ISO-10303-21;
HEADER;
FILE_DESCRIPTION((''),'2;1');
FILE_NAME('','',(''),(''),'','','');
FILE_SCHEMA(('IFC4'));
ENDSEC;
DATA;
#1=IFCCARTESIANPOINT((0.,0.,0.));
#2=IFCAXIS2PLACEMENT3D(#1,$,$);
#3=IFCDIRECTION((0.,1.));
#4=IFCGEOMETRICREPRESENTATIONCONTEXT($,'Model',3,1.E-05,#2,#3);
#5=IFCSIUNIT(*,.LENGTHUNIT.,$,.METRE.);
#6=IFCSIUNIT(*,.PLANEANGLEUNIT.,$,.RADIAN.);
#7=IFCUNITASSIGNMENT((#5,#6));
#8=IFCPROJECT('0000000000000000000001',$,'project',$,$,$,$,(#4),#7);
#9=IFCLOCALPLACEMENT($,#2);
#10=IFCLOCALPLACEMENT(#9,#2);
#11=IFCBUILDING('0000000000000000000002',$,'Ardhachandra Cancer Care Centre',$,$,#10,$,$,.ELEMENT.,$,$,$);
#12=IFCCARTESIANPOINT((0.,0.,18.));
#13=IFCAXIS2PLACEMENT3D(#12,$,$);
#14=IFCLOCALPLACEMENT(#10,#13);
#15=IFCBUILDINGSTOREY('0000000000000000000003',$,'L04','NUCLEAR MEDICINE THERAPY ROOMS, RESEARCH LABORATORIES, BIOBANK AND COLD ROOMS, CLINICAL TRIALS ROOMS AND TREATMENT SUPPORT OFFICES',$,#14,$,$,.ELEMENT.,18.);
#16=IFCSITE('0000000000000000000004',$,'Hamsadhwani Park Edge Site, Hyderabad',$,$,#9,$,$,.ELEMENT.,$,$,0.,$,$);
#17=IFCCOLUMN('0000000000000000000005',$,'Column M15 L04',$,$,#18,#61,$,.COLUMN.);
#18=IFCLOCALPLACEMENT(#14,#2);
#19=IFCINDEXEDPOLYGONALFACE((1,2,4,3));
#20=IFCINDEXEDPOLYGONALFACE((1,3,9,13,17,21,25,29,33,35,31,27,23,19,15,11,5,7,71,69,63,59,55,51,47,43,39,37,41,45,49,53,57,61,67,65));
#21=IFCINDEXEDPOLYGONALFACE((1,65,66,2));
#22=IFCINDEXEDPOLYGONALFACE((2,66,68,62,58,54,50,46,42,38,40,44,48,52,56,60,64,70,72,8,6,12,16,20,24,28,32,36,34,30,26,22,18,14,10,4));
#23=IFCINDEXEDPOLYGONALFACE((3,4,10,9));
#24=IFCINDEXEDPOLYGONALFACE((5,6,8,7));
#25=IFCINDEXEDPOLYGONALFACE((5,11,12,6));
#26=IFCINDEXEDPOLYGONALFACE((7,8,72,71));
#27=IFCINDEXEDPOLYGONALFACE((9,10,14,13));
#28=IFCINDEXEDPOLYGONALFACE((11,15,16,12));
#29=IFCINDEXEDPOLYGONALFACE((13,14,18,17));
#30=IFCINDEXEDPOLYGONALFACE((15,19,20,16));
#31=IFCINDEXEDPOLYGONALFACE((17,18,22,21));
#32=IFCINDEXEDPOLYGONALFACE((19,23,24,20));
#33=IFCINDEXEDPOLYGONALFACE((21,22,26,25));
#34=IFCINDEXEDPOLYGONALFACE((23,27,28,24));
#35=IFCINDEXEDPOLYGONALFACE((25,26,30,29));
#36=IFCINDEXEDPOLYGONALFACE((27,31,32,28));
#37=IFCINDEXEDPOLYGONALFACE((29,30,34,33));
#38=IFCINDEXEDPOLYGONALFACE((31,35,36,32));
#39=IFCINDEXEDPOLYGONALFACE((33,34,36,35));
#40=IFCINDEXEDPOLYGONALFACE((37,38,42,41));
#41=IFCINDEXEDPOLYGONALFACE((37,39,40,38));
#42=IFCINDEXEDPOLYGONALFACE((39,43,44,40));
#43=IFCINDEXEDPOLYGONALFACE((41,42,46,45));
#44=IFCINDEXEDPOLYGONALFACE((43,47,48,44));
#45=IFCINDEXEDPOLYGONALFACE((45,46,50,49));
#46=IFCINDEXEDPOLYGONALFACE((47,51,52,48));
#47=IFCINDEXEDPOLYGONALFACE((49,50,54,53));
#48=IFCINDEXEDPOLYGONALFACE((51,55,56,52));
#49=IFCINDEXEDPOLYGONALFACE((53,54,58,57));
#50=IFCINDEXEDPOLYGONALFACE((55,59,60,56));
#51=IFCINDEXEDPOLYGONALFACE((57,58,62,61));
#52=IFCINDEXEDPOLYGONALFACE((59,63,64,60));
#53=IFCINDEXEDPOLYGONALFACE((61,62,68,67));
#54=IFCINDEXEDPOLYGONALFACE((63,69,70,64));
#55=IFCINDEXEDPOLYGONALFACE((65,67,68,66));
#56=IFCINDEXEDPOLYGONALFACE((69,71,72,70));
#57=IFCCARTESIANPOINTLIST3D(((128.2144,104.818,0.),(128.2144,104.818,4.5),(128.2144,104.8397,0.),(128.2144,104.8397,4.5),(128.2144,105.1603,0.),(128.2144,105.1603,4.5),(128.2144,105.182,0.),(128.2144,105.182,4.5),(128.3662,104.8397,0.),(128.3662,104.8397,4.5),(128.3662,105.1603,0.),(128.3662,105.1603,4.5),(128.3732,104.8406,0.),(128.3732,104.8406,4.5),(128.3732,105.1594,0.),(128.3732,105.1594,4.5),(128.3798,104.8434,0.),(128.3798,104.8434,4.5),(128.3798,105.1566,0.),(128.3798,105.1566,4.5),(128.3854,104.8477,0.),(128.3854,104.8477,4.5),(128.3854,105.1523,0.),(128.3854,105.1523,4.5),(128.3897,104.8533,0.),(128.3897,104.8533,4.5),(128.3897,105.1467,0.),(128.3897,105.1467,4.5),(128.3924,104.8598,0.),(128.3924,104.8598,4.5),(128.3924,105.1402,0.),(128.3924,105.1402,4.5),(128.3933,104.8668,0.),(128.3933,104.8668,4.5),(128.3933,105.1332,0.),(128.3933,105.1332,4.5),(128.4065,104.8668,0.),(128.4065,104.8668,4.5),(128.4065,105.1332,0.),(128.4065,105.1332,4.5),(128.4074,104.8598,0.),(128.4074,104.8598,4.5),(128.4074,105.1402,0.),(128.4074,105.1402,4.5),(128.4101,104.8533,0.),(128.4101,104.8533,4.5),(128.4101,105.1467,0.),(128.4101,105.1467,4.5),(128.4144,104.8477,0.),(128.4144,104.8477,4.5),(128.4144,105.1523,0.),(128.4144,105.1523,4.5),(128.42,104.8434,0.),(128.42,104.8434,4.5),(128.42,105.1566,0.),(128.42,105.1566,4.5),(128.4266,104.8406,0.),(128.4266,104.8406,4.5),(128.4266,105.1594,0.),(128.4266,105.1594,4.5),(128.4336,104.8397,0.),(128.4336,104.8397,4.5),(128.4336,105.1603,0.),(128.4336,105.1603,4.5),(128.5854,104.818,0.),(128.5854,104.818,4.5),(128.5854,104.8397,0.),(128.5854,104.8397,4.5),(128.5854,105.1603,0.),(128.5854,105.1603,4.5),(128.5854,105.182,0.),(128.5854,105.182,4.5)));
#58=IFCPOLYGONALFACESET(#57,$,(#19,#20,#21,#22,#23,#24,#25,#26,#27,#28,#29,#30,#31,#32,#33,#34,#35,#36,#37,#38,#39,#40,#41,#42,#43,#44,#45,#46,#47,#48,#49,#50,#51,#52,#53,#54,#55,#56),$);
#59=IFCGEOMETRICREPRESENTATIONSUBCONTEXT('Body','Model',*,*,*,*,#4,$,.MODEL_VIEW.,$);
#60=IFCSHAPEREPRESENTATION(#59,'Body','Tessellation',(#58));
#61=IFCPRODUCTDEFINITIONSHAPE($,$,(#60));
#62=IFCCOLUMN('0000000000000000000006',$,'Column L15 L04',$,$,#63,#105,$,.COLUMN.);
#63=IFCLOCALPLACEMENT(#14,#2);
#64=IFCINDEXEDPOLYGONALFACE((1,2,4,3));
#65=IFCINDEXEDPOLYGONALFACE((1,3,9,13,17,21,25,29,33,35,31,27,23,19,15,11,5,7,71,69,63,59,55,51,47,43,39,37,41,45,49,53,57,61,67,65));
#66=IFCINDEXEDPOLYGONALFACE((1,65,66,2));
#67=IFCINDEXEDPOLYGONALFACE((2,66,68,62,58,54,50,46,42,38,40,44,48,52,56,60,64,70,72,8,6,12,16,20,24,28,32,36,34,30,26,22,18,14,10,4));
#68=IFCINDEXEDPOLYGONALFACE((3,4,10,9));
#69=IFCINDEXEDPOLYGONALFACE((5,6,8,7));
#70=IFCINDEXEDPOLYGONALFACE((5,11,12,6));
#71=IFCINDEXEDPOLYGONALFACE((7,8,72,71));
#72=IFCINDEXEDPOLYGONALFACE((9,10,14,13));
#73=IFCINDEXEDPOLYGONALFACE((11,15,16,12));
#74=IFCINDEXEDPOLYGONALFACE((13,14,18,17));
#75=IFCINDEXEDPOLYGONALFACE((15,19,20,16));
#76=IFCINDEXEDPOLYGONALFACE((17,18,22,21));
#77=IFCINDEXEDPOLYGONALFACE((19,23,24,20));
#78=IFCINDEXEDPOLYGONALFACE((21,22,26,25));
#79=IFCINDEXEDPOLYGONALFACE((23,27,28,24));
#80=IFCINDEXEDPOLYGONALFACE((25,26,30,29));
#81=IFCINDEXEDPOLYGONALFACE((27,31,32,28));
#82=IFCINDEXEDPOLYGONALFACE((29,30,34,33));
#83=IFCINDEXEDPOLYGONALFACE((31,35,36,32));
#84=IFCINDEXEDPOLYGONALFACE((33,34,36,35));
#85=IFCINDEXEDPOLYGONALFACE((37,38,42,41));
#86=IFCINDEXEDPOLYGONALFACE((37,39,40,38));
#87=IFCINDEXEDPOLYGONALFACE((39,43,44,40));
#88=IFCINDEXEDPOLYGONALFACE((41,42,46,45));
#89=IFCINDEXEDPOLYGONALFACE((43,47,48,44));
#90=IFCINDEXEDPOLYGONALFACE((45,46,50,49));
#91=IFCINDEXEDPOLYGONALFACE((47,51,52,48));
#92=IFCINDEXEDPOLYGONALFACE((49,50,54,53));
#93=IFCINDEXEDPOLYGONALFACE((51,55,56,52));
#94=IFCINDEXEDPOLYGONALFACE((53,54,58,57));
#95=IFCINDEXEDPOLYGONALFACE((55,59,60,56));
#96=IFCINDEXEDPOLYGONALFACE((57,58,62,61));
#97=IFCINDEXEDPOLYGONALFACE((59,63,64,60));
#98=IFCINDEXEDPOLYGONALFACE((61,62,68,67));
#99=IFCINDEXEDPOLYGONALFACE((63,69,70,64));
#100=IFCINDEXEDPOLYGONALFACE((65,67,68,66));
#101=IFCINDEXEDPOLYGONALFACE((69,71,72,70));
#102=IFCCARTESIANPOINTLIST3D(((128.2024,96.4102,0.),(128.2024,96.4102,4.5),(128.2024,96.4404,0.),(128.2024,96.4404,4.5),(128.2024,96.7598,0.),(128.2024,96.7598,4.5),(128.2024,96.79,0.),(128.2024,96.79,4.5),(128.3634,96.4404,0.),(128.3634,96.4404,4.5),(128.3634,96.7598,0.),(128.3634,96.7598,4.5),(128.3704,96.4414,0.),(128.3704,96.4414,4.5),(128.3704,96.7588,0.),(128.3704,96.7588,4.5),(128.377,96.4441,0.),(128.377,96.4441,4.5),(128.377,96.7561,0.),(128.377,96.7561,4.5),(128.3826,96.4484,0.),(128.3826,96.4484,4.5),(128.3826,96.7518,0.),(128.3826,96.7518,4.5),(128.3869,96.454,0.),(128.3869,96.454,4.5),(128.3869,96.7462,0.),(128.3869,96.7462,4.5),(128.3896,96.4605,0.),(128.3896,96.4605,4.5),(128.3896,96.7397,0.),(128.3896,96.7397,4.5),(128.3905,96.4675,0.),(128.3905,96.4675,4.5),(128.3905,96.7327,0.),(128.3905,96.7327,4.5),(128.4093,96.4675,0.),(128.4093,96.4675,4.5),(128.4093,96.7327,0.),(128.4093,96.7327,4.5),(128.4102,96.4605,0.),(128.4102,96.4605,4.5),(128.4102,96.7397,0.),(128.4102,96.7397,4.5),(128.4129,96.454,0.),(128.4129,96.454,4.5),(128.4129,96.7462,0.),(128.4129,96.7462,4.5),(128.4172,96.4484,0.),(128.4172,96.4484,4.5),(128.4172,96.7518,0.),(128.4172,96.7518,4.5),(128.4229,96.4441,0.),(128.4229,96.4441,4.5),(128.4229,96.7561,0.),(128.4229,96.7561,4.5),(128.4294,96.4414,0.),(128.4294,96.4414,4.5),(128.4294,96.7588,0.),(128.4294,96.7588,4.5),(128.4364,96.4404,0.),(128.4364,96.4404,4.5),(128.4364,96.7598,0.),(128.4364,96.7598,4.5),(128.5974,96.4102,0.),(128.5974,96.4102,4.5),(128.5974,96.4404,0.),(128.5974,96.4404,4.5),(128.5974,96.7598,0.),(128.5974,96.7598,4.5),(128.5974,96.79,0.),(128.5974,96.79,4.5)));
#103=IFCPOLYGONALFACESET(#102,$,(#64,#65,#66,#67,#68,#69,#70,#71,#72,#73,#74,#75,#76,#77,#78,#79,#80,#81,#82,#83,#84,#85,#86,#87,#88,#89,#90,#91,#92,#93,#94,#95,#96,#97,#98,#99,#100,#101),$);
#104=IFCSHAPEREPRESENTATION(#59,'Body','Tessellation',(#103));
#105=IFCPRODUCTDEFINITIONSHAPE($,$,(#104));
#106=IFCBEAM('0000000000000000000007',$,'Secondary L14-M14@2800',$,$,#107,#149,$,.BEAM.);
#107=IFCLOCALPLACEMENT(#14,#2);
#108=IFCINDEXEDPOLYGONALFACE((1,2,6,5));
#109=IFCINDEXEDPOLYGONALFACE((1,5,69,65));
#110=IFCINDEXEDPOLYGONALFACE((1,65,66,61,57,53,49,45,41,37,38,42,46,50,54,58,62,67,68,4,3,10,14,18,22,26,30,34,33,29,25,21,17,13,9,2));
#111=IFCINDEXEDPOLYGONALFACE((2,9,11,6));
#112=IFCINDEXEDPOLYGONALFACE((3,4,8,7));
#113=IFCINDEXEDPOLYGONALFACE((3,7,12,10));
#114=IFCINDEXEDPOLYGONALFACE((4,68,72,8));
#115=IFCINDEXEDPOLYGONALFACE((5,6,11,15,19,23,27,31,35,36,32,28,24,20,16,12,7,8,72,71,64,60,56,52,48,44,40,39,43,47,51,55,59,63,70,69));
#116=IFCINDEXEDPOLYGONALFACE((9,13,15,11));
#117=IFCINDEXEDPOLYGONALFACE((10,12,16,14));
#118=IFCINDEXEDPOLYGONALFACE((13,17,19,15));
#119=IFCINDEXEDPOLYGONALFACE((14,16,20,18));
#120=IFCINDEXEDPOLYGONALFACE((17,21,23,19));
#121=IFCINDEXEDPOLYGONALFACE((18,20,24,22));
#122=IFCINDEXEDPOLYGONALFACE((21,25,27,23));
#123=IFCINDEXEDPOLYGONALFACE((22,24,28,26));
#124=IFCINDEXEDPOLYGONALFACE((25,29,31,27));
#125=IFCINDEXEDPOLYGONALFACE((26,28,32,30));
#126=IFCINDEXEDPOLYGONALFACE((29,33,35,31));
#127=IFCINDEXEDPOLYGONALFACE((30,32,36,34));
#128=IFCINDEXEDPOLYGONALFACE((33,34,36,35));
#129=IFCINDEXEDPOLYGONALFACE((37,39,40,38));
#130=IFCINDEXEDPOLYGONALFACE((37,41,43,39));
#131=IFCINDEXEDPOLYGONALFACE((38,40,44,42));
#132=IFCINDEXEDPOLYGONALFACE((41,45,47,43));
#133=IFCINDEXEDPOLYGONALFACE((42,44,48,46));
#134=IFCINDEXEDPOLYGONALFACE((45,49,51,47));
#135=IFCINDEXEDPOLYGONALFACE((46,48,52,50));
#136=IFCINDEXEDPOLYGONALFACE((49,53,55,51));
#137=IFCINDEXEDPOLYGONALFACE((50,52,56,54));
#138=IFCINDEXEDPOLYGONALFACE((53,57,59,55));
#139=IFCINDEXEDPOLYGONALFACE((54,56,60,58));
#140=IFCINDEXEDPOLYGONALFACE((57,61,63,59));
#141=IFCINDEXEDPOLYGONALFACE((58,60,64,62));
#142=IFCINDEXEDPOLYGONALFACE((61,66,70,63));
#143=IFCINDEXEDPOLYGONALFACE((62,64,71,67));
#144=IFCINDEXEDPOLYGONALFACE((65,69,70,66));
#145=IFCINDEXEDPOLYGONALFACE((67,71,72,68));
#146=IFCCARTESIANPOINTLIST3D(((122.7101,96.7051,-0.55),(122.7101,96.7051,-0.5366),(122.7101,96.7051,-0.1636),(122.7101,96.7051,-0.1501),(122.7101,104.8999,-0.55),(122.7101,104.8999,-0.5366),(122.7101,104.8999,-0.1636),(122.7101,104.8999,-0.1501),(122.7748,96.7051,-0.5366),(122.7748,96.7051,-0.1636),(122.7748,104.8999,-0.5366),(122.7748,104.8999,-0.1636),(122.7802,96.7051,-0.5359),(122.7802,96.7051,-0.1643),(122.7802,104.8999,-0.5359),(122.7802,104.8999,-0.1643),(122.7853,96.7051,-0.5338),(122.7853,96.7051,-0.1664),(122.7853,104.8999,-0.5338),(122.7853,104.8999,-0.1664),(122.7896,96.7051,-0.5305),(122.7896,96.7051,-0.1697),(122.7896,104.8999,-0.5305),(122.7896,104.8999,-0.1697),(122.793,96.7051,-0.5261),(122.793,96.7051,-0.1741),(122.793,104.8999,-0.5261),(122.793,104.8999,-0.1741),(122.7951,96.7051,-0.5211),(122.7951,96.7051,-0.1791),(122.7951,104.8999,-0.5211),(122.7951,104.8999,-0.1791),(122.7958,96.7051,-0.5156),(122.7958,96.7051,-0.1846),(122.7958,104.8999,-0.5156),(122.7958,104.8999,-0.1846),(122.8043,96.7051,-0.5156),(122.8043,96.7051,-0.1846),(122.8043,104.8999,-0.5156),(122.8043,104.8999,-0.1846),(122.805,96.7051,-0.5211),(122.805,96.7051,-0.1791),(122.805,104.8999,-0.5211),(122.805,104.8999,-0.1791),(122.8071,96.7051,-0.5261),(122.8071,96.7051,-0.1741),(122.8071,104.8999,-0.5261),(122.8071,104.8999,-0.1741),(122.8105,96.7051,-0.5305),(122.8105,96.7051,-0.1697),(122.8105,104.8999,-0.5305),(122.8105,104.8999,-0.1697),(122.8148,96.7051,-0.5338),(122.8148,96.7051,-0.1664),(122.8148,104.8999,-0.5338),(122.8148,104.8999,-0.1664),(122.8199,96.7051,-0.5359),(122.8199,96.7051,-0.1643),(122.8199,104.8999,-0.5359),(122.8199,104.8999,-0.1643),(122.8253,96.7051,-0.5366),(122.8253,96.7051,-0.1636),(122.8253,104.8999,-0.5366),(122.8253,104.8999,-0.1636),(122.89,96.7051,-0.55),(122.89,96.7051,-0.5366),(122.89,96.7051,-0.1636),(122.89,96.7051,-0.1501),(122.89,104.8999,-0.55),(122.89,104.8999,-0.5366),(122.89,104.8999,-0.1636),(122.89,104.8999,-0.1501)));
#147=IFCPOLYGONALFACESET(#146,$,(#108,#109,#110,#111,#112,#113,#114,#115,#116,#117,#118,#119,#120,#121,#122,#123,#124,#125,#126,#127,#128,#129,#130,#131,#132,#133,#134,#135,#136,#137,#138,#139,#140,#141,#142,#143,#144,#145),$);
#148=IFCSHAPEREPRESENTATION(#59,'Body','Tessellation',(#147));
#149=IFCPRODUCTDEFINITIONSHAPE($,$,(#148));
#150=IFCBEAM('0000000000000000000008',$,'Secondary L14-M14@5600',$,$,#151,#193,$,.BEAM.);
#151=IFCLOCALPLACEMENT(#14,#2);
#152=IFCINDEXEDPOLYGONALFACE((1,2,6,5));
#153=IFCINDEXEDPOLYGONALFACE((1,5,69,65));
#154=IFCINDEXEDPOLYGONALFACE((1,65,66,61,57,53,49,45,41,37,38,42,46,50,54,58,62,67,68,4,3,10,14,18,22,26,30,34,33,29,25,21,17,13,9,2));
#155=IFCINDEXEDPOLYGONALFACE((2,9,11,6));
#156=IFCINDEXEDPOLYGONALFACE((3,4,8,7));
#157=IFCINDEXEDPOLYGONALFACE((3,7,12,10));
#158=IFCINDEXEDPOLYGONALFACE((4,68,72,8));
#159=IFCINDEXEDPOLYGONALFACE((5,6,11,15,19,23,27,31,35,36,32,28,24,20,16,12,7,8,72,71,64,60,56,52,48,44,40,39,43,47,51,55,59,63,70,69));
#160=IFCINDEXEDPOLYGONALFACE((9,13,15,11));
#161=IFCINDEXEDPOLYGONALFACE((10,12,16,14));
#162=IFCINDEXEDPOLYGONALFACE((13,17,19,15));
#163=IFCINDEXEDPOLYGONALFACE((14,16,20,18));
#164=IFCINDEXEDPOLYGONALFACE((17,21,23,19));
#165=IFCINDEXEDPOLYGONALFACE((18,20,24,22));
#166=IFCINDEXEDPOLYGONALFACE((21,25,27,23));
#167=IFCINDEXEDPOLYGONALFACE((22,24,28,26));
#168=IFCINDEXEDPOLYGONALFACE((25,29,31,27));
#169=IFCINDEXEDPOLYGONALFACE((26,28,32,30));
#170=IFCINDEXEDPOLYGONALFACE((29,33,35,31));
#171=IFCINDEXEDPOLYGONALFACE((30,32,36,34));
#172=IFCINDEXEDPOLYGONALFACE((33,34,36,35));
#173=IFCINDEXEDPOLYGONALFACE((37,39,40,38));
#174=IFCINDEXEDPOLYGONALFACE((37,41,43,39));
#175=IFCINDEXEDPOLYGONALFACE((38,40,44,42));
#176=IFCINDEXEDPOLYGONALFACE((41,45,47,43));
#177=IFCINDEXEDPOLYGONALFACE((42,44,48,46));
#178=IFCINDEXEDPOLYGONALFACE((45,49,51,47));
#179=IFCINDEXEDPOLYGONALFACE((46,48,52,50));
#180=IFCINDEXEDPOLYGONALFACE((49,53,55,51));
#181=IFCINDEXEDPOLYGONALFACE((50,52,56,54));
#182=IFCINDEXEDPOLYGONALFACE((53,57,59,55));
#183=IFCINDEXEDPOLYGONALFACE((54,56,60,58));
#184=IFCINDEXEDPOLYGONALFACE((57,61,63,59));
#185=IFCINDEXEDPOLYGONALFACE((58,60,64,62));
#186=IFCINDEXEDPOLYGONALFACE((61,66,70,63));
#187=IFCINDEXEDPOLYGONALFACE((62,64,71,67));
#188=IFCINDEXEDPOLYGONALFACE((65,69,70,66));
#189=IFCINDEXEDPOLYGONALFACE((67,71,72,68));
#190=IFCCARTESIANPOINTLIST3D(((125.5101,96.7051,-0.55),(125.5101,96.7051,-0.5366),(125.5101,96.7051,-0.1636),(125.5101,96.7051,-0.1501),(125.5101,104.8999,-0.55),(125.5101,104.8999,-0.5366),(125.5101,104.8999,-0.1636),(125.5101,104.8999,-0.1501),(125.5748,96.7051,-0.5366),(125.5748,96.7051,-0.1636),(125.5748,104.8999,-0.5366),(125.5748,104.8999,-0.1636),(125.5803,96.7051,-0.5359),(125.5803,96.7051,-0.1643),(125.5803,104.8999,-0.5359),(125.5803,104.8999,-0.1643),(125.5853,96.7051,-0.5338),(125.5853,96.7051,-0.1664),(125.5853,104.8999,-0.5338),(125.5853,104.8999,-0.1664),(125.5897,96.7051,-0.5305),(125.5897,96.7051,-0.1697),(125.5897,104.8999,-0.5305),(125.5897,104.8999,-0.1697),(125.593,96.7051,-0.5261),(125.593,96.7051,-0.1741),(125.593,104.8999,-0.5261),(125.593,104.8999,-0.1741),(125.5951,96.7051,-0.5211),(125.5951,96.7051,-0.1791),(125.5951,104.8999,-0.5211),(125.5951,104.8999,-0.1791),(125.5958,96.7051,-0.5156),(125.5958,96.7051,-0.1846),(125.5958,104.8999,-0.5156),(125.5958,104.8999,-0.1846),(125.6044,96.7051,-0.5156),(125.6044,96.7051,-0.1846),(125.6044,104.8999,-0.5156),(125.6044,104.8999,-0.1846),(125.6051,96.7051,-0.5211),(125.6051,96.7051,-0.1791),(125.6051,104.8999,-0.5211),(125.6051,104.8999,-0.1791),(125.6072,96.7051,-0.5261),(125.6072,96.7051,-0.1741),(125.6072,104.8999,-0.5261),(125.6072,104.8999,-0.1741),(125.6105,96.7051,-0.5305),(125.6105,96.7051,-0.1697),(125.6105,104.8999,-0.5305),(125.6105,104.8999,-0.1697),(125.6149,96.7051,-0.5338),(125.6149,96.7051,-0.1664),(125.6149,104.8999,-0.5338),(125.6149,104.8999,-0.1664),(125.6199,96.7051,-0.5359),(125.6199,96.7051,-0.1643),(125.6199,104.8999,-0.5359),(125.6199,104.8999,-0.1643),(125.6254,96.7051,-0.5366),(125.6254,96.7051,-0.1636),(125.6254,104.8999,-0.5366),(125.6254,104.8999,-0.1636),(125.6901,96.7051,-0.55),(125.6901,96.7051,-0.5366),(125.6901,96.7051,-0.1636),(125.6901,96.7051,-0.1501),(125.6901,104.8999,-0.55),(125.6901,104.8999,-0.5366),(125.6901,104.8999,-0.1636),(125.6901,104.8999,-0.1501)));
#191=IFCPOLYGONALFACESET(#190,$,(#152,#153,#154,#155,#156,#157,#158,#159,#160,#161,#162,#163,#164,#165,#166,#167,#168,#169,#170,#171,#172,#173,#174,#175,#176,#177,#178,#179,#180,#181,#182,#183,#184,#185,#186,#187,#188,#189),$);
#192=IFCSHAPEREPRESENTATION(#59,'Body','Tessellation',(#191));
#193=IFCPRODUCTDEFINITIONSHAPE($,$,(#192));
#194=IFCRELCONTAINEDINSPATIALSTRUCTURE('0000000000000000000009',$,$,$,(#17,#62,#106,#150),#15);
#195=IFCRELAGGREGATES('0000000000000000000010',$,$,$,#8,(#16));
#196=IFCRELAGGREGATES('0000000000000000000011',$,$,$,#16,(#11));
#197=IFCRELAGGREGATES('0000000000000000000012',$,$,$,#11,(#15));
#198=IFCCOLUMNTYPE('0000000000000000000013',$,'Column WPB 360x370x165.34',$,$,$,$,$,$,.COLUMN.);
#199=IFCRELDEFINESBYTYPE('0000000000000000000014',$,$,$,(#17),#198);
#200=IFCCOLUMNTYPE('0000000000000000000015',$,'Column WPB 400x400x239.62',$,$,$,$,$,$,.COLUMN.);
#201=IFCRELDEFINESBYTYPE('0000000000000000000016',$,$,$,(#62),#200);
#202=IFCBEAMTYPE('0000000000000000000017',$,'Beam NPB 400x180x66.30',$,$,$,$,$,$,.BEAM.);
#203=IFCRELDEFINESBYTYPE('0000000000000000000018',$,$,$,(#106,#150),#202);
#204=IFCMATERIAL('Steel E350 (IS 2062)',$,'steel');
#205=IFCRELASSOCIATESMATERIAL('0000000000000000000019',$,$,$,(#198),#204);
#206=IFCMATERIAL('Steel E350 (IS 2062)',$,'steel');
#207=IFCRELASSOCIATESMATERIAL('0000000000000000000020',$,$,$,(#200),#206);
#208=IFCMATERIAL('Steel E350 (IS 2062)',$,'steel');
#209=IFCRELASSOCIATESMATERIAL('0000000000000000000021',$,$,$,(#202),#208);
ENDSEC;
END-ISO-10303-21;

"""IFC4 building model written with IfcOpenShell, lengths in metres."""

from ifc_helpers import new_model, si_unit, direction, frame, origin, origin_2d, place, context, subcontext, project, spatial, i_section, extrude, material, material_profile, profile_set, type_object, element, save


model = new_model("IFC4")

# Units and contexts
model_context = context("Model", 3, precision=1e-05, world=origin(), true_north=direction((0.0, 1.0)))
body_context = subcontext(model_context, "Body", "Model", "MODEL_VIEW")
ifc_project = project(units=[si_unit("LENGTHUNIT", "METRE"), si_unit("PLANEANGLEUNIT", "RADIAN")], contexts=[model_context])

# Site, building, storey
site_placement = place(None, origin())
site = spatial("IfcSite", under=ifc_project, at=site_placement, Name="Hamsadhwani Park Edge Site, Hyderabad", CompositionType="ELEMENT", RefElevation=0.0)
building_placement = place(site_placement, origin())
building = spatial("IfcBuilding", under=site, at=building_placement, Name="Ardhachandra Cancer Care Centre", CompositionType="ELEMENT")
storey_placement = place(building_placement, frame((0.0, 0.0, 18.0)))
storey = spatial("IfcBuildingStorey", under=building, at=storey_placement, Name="L04", Description="NUCLEAR MEDICINE THERAPY ROOMS, RESEARCH LABORATORIES, BIOBANK AND COLD ROOMS, CLINICAL TRIALS ROOMS AND TREATMENT SUPPORT OFFICES", CompositionType="ELEMENT", Elevation=18.0)

# Columns
ifc_material_1 = material(Name="Steel E350 (IS 2062)", Category="steel")
ifc_material_profile_1 = material_profile(ifc_material_1, i_section(OverallWidth=0.3711, OverallDepth=0.364, WebThickness=0.0132, FlangeThickness=0.0217, FilletRadius=0.0271, at=origin_2d()), Name="WPB 360x370x165.34")
ifc_profile_set_1 = profile_set([ifc_material_profile_1], Name="Steel E350 (IS 2062)")
column_type_1 = type_object("IfcColumnType", Name="Column WPB 360x370x165.34", PredefinedType="COLUMN", material=ifc_profile_set_1)
column_1_placement = place(storey_placement, frame((128.3999, 105.0, 0.0), z_axis=(0.0, 0.0, 1.0), x_axis=(1.0, 0.0, 0.0)))
element("IfcColumn", 1, at=column_1_placement, inside=storey, type_object=column_type_1, Name="Column M15 L04", PredefinedType="COLUMN", context=body_context, shape_type="SweptSolid", body=[
    extrude(i_section(OverallWidth=0.3711, OverallDepth=0.364, WebThickness=0.0132, FlangeThickness=0.0217, FilletRadius=0.0271, at=origin_2d()), origin(), (0.0, 0.0, 1.0), 4.5),
])
ifc_material_2 = material(Name="Steel E350 (IS 2062)", Category="steel")
ifc_material_profile_2 = material_profile(ifc_material_2, i_section(OverallWidth=0.395, OverallDepth=0.3799, WebThickness=0.0188, FlangeThickness=0.0303, FilletRadius=0.0271, at=origin_2d()), Name="WPB 400x400x239.62")
ifc_profile_set_2 = profile_set([ifc_material_profile_2], Name="Steel E350 (IS 2062)")
column_type_2 = type_object("IfcColumnType", Name="Column WPB 400x400x239.62", PredefinedType="COLUMN", material=ifc_profile_set_2)
column_2_placement = place(storey_placement, frame((128.3999, 96.6001, 0.0), z_axis=(0.0, 0.0, 1.0), x_axis=(1.0, 0.0, 0.0)))
element("IfcColumn", 2, at=column_2_placement, inside=storey, type_object=column_type_2, Name="Column L15 L04", PredefinedType="COLUMN", context=body_context, shape_type="SweptSolid", body=[
    extrude(i_section(OverallWidth=0.395, OverallDepth=0.3799, WebThickness=0.0188, FlangeThickness=0.0303, FilletRadius=0.0271, at=origin_2d()), origin(), (0.0, 0.0, 1.0), 4.5),
])

# Beams
ifc_material_3 = material(Name="Steel E350 (IS 2062)", Category="steel")
ifc_material_profile_3 = material_profile(ifc_material_3, i_section(OverallWidth=0.1799, OverallDepth=0.3999, WebThickness=0.0085, FlangeThickness=0.0134, FilletRadius=0.021, at=origin_2d()), Name="NPB 400x180x66.30")
ifc_profile_set_3 = profile_set([ifc_material_profile_3], Name="Steel E350 (IS 2062)")
beam_type_1 = type_object("IfcBeamType", Name="Beam NPB 400x180x66.30", PredefinedType="BEAM", material=ifc_profile_set_3)
for number, where, z_axis, x_axis, name in (
    (3, (122.8, 96.7051, -0.3501), (0.0, 1.0, 0.0), (-1.0, 0.0, 0.0), "Secondary L14-M14@2800"),
    (4, (125.6001, 96.7051, -0.3501), (0.0, 1.0, 0.0), (-1.0, 0.0, 0.0), "Secondary L14-M14@5600"),
):
    element("IfcBeam", number, at=place(storey_placement, frame(where, z_axis=z_axis, x_axis=x_axis)), inside=storey, type_object=beam_type_1, Name=name, PredefinedType="BEAM", context=body_context, shape_type="SweptSolid", body=[
        extrude(i_section(OverallWidth=0.1799, OverallDepth=0.3999, WebThickness=0.0085, FlangeThickness=0.0134, FilletRadius=0.021, at=origin_2d()), origin(), (0.0, 0.0, 1.0), 8.1948),
    ])

save(model, "model.ifc")
